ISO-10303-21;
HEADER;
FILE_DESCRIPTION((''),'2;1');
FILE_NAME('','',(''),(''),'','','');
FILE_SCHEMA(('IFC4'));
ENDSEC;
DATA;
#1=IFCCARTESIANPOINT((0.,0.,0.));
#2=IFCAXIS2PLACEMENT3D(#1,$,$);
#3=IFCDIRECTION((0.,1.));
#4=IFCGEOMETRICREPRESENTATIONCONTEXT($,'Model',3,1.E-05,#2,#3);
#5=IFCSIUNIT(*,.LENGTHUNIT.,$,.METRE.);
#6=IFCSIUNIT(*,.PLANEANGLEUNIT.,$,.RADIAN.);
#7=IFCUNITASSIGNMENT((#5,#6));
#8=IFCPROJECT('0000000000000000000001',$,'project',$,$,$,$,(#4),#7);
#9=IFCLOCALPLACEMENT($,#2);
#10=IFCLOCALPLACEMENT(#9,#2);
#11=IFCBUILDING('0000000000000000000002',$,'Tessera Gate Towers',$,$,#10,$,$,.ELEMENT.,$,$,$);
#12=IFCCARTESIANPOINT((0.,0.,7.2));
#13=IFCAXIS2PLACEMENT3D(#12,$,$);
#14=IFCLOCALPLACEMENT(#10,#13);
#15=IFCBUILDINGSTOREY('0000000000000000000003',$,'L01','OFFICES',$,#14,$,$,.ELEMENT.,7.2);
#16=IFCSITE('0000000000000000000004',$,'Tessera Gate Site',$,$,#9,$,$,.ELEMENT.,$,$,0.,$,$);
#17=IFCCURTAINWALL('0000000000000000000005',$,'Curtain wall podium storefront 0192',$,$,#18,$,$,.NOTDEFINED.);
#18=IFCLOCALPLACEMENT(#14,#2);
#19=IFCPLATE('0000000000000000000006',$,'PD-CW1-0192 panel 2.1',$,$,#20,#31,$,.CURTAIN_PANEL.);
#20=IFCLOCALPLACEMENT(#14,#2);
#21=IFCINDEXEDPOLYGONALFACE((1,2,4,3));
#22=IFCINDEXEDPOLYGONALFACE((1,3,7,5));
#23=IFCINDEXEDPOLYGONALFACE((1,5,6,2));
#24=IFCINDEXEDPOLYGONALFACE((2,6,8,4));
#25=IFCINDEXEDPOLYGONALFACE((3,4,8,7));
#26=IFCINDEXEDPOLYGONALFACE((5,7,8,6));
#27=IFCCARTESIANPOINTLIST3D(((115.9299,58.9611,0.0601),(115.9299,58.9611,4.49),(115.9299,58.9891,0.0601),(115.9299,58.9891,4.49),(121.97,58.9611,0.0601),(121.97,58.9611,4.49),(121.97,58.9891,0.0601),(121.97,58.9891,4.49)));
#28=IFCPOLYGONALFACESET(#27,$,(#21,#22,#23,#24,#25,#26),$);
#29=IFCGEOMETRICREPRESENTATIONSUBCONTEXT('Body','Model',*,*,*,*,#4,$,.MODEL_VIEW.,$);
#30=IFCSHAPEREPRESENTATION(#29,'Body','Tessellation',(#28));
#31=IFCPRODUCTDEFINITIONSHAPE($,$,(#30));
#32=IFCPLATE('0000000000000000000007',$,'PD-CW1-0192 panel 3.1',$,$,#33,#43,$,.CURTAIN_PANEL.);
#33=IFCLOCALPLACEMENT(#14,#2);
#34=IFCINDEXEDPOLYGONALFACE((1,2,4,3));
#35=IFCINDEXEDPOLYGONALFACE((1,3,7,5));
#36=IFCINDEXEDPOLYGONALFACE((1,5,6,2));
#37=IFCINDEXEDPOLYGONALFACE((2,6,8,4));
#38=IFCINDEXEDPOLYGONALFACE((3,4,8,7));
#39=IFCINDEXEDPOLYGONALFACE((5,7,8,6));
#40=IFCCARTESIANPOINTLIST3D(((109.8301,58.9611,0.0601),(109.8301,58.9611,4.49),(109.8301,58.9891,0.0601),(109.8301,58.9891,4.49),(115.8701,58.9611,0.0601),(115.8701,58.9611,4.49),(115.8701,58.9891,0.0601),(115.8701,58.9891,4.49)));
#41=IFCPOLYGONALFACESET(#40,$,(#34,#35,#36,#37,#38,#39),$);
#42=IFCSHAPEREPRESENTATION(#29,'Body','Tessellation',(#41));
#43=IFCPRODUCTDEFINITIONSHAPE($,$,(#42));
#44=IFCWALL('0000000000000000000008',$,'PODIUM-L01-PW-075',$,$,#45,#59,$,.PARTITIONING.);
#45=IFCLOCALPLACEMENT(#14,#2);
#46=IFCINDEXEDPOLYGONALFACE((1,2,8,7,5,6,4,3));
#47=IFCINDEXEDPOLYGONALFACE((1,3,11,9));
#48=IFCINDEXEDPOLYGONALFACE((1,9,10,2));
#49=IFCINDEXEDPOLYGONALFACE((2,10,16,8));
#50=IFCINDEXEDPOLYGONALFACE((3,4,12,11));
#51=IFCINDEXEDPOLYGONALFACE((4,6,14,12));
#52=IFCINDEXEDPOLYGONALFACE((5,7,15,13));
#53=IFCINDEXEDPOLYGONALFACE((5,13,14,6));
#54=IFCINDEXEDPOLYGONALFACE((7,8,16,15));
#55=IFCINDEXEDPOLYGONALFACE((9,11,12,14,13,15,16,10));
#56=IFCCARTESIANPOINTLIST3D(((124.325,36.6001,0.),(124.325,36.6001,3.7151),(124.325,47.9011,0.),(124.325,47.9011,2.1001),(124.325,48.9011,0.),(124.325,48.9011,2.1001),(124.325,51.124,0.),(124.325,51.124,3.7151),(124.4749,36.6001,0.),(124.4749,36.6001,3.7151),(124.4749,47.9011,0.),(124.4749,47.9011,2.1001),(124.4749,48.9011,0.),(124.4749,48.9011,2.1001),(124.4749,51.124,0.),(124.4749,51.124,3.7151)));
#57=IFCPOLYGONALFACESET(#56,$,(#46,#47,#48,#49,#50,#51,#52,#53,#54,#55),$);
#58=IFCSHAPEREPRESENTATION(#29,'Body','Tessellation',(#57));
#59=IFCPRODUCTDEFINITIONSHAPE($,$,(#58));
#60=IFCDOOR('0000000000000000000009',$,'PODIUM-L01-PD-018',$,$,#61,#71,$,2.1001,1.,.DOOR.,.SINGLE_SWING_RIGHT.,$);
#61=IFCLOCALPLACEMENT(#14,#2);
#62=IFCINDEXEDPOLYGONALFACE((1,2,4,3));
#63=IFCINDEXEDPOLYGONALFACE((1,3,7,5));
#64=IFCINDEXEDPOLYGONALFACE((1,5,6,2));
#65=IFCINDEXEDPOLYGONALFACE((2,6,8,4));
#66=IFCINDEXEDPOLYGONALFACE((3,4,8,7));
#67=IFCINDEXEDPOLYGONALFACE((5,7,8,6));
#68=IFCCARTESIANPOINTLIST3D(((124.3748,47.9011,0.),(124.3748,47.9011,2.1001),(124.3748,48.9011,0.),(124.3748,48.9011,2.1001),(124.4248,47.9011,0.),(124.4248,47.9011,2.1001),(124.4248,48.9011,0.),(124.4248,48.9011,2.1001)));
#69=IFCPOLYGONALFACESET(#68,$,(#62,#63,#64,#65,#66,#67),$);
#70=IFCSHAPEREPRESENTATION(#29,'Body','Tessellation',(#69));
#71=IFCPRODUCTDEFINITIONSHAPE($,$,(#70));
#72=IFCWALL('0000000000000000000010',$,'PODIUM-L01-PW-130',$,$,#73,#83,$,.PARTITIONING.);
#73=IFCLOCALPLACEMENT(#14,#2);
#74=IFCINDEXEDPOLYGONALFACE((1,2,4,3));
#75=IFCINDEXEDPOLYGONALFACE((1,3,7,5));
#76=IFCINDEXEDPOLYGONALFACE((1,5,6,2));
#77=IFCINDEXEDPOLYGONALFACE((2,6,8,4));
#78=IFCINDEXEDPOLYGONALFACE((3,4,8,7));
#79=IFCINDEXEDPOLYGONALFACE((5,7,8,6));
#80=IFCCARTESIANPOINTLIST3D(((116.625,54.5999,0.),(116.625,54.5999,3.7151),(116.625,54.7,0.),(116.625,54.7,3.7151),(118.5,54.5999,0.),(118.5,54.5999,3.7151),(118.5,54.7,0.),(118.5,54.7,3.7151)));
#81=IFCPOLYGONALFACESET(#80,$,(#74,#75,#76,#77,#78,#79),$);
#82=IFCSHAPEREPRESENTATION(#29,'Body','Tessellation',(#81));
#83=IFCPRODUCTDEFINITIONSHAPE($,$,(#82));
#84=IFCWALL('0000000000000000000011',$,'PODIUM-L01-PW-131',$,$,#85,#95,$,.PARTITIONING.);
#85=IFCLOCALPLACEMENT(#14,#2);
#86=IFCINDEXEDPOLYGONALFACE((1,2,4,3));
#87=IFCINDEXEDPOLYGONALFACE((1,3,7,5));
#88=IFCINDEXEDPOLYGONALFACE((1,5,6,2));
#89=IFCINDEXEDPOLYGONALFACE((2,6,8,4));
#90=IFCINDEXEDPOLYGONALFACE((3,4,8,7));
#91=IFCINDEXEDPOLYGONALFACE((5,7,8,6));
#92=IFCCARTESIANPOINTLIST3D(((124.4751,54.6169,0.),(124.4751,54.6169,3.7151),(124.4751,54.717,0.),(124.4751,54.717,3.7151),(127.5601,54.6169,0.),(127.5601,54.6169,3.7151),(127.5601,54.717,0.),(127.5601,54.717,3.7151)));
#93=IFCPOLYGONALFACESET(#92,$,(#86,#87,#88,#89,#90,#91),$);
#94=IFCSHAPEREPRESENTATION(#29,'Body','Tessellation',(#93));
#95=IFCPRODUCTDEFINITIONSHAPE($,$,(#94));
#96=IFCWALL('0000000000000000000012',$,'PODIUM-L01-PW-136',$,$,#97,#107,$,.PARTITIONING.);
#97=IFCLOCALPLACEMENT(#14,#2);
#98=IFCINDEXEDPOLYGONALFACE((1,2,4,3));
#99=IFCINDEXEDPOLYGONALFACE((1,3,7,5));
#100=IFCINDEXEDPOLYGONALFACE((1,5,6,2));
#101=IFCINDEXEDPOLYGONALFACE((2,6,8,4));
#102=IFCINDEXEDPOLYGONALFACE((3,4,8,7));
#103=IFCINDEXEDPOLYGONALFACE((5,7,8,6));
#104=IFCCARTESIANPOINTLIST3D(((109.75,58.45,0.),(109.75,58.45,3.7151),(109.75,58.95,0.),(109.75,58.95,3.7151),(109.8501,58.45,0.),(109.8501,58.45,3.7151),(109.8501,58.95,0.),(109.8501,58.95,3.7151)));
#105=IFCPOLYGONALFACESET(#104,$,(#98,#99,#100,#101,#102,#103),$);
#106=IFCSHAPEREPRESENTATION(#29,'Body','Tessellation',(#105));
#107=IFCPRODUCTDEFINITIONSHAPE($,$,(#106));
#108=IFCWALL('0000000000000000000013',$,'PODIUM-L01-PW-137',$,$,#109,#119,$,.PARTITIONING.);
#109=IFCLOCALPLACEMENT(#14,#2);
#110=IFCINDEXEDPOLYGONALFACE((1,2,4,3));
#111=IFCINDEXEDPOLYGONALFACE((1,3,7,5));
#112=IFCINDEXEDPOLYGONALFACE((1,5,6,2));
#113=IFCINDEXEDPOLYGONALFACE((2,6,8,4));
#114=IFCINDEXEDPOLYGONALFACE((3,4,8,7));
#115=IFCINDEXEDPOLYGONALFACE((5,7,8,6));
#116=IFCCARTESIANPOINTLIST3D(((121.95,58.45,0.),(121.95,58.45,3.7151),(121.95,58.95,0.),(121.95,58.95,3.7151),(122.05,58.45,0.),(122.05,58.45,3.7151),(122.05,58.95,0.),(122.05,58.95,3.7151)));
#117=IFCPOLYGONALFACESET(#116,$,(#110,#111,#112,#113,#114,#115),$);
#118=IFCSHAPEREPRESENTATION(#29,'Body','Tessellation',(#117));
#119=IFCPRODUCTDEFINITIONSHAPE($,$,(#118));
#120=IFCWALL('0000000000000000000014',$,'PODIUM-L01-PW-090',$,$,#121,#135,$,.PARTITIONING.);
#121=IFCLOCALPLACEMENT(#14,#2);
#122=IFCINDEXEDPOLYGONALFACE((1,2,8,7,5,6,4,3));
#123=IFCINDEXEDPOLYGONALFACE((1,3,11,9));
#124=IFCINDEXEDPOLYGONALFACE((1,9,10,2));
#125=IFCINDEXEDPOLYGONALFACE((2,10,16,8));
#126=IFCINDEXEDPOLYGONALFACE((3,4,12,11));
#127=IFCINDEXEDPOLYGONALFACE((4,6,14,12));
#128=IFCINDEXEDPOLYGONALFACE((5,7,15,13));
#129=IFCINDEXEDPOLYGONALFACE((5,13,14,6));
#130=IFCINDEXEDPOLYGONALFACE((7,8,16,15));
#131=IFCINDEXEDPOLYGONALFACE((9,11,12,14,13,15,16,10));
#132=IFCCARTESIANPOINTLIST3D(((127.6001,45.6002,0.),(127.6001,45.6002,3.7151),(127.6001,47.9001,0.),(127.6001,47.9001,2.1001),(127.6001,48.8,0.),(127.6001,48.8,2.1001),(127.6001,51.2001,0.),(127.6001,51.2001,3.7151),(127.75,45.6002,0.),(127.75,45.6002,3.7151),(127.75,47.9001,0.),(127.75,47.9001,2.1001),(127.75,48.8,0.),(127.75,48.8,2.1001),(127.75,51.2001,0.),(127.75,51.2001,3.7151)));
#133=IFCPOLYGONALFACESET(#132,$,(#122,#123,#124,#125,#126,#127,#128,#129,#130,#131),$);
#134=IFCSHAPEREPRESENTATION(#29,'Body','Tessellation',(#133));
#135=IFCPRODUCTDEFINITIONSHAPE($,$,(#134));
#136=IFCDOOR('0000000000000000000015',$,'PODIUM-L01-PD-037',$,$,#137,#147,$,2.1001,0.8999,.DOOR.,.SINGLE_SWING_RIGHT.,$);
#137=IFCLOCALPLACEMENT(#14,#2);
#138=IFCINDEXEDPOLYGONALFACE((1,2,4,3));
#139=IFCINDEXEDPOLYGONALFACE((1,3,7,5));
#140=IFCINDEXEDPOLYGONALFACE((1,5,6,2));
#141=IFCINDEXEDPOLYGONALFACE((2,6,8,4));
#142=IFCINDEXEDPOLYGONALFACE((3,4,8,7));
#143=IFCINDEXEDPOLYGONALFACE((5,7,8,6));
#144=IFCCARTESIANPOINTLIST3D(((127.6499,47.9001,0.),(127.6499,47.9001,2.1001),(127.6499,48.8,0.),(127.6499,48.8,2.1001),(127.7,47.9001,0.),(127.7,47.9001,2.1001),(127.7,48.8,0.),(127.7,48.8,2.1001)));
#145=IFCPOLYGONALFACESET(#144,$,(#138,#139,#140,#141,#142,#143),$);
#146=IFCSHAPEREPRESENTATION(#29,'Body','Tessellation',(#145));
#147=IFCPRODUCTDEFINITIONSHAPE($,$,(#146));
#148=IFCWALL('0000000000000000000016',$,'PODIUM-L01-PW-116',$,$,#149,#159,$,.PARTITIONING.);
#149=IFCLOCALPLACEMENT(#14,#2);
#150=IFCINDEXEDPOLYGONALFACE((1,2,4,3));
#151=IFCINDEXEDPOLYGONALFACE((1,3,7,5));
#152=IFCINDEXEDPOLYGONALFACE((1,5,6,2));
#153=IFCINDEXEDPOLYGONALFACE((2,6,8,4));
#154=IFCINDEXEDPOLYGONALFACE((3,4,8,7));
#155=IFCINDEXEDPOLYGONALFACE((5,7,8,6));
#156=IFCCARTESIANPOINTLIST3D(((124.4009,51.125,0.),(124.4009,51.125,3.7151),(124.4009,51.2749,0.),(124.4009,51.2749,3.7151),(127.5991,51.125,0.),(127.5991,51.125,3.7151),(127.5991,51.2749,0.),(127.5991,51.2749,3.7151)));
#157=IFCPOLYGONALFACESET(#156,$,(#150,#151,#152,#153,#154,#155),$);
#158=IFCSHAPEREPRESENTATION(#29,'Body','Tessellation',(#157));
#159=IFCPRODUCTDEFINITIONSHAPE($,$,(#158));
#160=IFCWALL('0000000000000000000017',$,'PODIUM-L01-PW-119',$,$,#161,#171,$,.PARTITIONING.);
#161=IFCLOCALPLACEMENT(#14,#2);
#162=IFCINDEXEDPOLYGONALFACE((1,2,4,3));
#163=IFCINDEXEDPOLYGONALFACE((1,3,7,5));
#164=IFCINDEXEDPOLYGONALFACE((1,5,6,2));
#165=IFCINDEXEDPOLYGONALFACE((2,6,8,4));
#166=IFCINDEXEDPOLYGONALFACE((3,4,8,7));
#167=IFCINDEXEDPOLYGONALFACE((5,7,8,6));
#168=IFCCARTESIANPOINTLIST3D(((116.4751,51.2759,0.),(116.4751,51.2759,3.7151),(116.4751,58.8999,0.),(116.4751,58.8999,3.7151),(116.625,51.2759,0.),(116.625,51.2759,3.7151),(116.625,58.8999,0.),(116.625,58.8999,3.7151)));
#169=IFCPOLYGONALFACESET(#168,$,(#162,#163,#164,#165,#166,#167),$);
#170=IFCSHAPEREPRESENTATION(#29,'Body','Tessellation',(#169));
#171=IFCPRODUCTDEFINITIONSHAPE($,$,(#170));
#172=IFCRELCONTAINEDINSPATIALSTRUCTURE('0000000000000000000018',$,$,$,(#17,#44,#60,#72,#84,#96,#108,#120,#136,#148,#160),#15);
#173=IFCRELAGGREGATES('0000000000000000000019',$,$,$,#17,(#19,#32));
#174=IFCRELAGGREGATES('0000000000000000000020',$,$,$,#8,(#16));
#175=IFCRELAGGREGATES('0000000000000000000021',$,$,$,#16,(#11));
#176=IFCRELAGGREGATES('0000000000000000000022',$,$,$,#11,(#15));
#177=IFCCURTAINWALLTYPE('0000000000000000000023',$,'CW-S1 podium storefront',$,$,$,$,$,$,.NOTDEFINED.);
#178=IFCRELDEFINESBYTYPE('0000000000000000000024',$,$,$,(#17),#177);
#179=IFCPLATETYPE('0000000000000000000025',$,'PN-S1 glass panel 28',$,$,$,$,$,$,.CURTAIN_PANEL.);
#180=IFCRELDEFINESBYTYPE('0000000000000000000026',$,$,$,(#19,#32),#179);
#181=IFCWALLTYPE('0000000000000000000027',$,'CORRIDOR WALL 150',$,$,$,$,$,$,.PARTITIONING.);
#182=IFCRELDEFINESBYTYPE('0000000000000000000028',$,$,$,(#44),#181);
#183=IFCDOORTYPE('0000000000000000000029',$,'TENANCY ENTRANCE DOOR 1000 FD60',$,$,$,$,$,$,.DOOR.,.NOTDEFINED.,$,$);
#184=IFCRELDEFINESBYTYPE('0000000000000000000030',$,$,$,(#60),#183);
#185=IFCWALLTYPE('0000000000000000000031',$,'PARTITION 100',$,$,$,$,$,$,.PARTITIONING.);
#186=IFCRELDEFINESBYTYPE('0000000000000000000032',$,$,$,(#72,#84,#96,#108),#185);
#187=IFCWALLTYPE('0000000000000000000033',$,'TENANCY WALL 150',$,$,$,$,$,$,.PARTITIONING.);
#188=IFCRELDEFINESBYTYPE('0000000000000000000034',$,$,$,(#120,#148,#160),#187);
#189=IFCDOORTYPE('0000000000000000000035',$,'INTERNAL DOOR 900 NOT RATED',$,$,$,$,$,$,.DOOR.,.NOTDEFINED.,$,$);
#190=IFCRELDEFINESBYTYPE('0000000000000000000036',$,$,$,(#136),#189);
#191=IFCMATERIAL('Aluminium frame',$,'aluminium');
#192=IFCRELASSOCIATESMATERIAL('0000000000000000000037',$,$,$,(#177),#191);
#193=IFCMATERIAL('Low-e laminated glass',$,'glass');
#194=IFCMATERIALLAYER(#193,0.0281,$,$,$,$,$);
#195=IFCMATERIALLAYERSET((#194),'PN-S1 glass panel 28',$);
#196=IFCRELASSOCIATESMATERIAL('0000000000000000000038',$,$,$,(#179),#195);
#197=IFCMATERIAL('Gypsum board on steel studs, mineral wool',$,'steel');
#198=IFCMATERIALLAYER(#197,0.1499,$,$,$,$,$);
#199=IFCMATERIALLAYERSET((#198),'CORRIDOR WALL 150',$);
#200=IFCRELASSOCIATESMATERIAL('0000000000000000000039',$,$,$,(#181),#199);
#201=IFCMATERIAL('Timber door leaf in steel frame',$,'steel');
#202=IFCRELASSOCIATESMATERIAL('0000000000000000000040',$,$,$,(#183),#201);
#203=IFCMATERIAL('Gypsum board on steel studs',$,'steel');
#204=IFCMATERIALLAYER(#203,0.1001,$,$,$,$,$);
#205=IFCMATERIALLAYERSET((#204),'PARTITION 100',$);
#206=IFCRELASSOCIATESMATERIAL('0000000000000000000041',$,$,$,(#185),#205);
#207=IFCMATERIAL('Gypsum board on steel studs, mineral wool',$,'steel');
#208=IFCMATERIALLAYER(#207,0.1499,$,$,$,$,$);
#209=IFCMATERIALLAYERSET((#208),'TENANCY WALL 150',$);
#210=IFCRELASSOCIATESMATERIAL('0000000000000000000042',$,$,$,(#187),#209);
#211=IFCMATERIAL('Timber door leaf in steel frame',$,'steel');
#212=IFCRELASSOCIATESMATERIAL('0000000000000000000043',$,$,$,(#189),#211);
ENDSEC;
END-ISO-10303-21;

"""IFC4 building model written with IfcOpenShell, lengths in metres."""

from ifc_helpers import new_model, si_unit, direction, frame, frame_2d, origin, origin_2d, place, context, subcontext, project, spatial, rectangle, extrude, source, transform, mapped, material, layer, layer_set, type_object, element, fill, aggregate, save


model = new_model("IFC4")

# Units and contexts
model_context = context("Model", 3, precision=1e-05, world=origin(), true_north=direction((0.0, 1.0)))
body_context = subcontext(model_context, "Body", "Model", "MODEL_VIEW")
ifc_project = project(units=[si_unit("LENGTHUNIT", "METRE"), si_unit("PLANEANGLEUNIT", "RADIAN")], contexts=[model_context])

# Site, building, storey
site_placement = place(None, origin())
site = spatial("IfcSite", under=ifc_project, at=site_placement, Name="Tessera Gate Site", CompositionType="ELEMENT", RefElevation=0.0)
building_placement = place(site_placement, origin())
building = spatial("IfcBuilding", under=site, at=building_placement, Name="Tessera Gate Towers", CompositionType="ELEMENT")
storey_placement = place(building_placement, frame((0.0, 0.0, 7.2)))
storey = spatial("IfcBuildingStorey", under=building, at=storey_placement, Name="L01", Description="OFFICES", CompositionType="ELEMENT", Elevation=7.2)

# Curtain wall, plates
ifc_material_1 = material(Name="Aluminium frame", Category="aluminium")
curtain_wall_type = type_object("IfcCurtainWallType", Name="CW-S1 podium storefront", PredefinedType="NOTDEFINED", material=ifc_material_1)
curtain_wall_placement = place(storey_placement, origin())
curtain_wall = element("IfcCurtainWall", 1, at=curtain_wall_placement, inside=storey, type_object=curtain_wall_type, Name="Curtain wall podium storefront 0192", PredefinedType="NOTDEFINED")
ifc_material_2 = material(Name="Low-e laminated glass", Category="glass")
ifc_layer_1 = layer(ifc_material_2, 0.0281)
ifc_layer_set_1 = layer_set([ifc_layer_1], Name="PN-S1 glass panel 28")
plate_type = type_object("IfcPlateType", Name="PN-S1 glass panel 28", PredefinedType="CURTAIN_PANEL", material=ifc_layer_set_1)
plate_1_placement = place(storey_placement, frame((118.95, 58.9751, 0.0601), z_axis=(0.0, 0.0, 1.0), x_axis=(-1.0, 0.0, 0.0)))
plate_1 = element("IfcPlate", 2, at=plate_1_placement, type_object=plate_type, Name="PD-CW1-0192 panel 2.1", PredefinedType="CURTAIN_PANEL", context=body_context, shape_type="SweptSolid", body=[
    extrude(rectangle(XDim=6.04, YDim=0.0281, at=origin_2d()), origin(), (0.0, 0.0, 1.0), 4.4299),
])
plate_2_placement = place(storey_placement, frame((112.8501, 58.9751, 0.0601), z_axis=(0.0, 0.0, 1.0), x_axis=(-1.0, 0.0, 0.0)))
plate_2 = element("IfcPlate", 3, at=plate_2_placement, type_object=plate_type, Name="PD-CW1-0192 panel 3.1", PredefinedType="CURTAIN_PANEL", context=body_context, shape_type="SweptSolid", body=[
    extrude(rectangle(XDim=6.04, YDim=0.0281, at=origin_2d()), origin(), (0.0, 0.0, 1.0), 4.4299),
])
aggregate(curtain_wall, [plate_1, plate_2])

# Wall, opening, door
ifc_material_3 = material(Name="Gypsum board on steel studs, mineral wool", Category="steel")
ifc_layer_2 = layer(ifc_material_3, 0.1499)
ifc_layer_set_2 = layer_set([ifc_layer_2], Name="CORRIDOR WALL 150")
wall_type_1 = type_object("IfcWallType", Name="CORRIDOR WALL 150", PredefinedType="PARTITIONING", material=ifc_layer_set_2)
wall_1_placement = place(storey_placement, frame((124.3999, 51.124, 0.0), z_axis=(0.0, 0.0, 1.0), x_axis=(0.0, -1.0, 0.0)))
wall_1 = element("IfcWall", 4, at=wall_1_placement, inside=storey, type_object=wall_type_1, Name="PODIUM-L01-PW-075", PredefinedType="PARTITIONING", context=body_context, shape_type="SweptSolid", body=[
    extrude(rectangle(XDim=14.5239, YDim=0.1499, at=frame_2d((7.262, 0.0))), origin(), (0.0, 0.0, 1.0), 3.7151),
])
shared_shape_1 = source(origin(), body_context, "Body", "SweptSolid", [
    extrude(rectangle(XDim=1.0, YDim=2.1001, at=frame_2d((0.5, 1.05))), frame((0.0, 0.085, 0.0), z_axis=(0.0, -1.0, 0.0), x_axis=(1.0, 0.0, 0.0)), (0.0, 0.0, 1.0), 0.1699),
])
opening_1_placement = place(wall_1_placement, frame((2.2229, 0.0, 0.0)))
opening_1 = element("IfcOpeningElement", 5, at=opening_1_placement, cuts=wall_1, PredefinedType="OPENING", context=body_context, shape_type="MappedRepresentation", body=[
    mapped(shared_shape_1, transform((0.0, 0.0, 0.0), scale=1.0)),
])
ifc_material_4 = material(Name="Timber door leaf in steel frame", Category="steel")
door_type_1 = type_object("IfcDoorType", Name="TENANCY ENTRANCE DOOR 1000 FD60", OperationType="NOTDEFINED", PredefinedType="DOOR", material=ifc_material_4)
shared_shape_2 = source(origin(), body_context, "Body", "SweptSolid", [
    extrude(rectangle(XDim=1.0, YDim=2.1001, at=frame_2d((0.5, 1.05))), frame((0.0, 0.0249, 0.0), z_axis=(0.0, -1.0, 0.0), x_axis=(1.0, 0.0, 0.0)), (0.0, 0.0, 1.0), 0.05),
])
door_1_placement = place(opening_1_placement, origin())
door_1 = element("IfcDoor", 6, at=door_1_placement, inside=storey, type_object=door_type_1, Name="PODIUM-L01-PD-018", OperationType="SINGLE_SWING_RIGHT", OverallHeight=2.1001, OverallWidth=1.0, PredefinedType="DOOR", context=body_context, shape_type="MappedRepresentation", body=[
    mapped(shared_shape_2, transform((0.0, 0.0, 0.0), scale=1.0)),
])
fill(opening_1, door_1)

# Walls
ifc_material_5 = material(Name="Gypsum board on steel studs", Category="steel")
ifc_layer_3 = layer(ifc_material_5, 0.1001)
ifc_layer_set_3 = layer_set([ifc_layer_3], Name="PARTITION 100")
wall_type_2 = type_object("IfcWallType", Name="PARTITION 100", PredefinedType="PARTITIONING", material=ifc_layer_set_3)
wall_2_placement = place(storey_placement, frame((118.5, 54.6499, 0.0), z_axis=(0.0, 0.0, 1.0), x_axis=(-1.0, 0.0, 0.0)))
element("IfcWall", 7, at=wall_2_placement, inside=storey, type_object=wall_type_2, Name="PODIUM-L01-PW-130", PredefinedType="PARTITIONING", context=body_context, shape_type="SweptSolid", body=[
    extrude(rectangle(XDim=1.875, YDim=0.1001, at=frame_2d((0.9375, 0.0))), origin(), (0.0, 0.0, 1.0), 3.7151),
])
wall_3_placement = place(storey_placement, frame((127.5601, 54.667, 0.0), z_axis=(0.0, 0.0, 1.0), x_axis=(-1.0, 0.0, 0.0)))
element("IfcWall", 8, at=wall_3_placement, inside=storey, type_object=wall_type_2, Name="PODIUM-L01-PW-131", PredefinedType="PARTITIONING", context=body_context, shape_type="SweptSolid", body=[
    extrude(rectangle(XDim=3.085, YDim=0.1001, at=frame_2d((1.5425, 0.0))), origin(), (0.0, 0.0, 1.0), 3.7151),
])
for number, where, z_axis, x_axis, name in (
    (9, (109.8, 58.45, 0.0), (0.0, 0.0, 1.0), (0.0, 1.0, 0.0), "PODIUM-L01-PW-136"),
    (10, (122.0, 58.45, 0.0), (0.0, 0.0, 1.0), (0.0, 1.0, 0.0), "PODIUM-L01-PW-137"),
):
    element("IfcWall", number, at=place(storey_placement, frame(where, z_axis=z_axis, x_axis=x_axis)), inside=storey, type_object=wall_type_2, Name=name, PredefinedType="PARTITIONING", context=body_context, shape_type="SweptSolid", body=[
        extrude(rectangle(XDim=0.5, YDim=0.1001, at=frame_2d((0.25, 0.0))), origin(), (0.0, 0.0, 1.0), 3.7151),
    ])

# Wall, opening, door
ifc_material_6 = material(Name="Gypsum board on steel studs, mineral wool", Category="steel")
ifc_layer_4 = layer(ifc_material_6, 0.1499)
ifc_layer_set_4 = layer_set([ifc_layer_4], Name="TENANCY WALL 150")
wall_type_3 = type_object("IfcWallType", Name="TENANCY WALL 150", PredefinedType="PARTITIONING", material=ifc_layer_set_4)
wall_4_placement = place(storey_placement, frame((127.675, 51.2, 0.0), z_axis=(0.0, 0.0, 1.0), x_axis=(0.0, -1.0, 0.0)))
wall_4 = element("IfcWall", 11, at=wall_4_placement, inside=storey, type_object=wall_type_3, Name="PODIUM-L01-PW-090", PredefinedType="PARTITIONING", context=body_context, shape_type="SweptSolid", body=[
    extrude(rectangle(XDim=5.5999, YDim=0.1499, at=frame_2d((2.7998, 0.0))), origin(), (0.0, 0.0, 1.0), 3.7151),
])
shared_shape_3 = source(origin(), body_context, "Body", "SweptSolid", [
    extrude(rectangle(XDim=0.8999, YDim=2.1001, at=frame_2d((0.45, 1.05))), frame((0.0, 0.085, 0.0), z_axis=(0.0, -1.0, 0.0), x_axis=(1.0, 0.0, 0.0)), (0.0, 0.0, 1.0), 0.1699),
])
opening_2_placement = place(wall_4_placement, frame((2.3999, 0.0, 0.0)))
opening_2 = element("IfcOpeningElement", 12, at=opening_2_placement, cuts=wall_4, PredefinedType="OPENING", context=body_context, shape_type="MappedRepresentation", body=[
    mapped(shared_shape_3, transform((0.0, 0.0, 0.0), scale=1.0)),
])
ifc_material_7 = material(Name="Timber door leaf in steel frame", Category="steel")
door_type_2 = type_object("IfcDoorType", Name="INTERNAL DOOR 900 NOT RATED", OperationType="NOTDEFINED", PredefinedType="DOOR", material=ifc_material_7)
shared_shape_4 = source(origin(), body_context, "Body", "SweptSolid", [
    extrude(rectangle(XDim=0.8999, YDim=2.1001, at=frame_2d((0.45, 1.05))), frame((0.0, 0.0249, 0.0), z_axis=(0.0, -1.0, 0.0), x_axis=(1.0, 0.0, 0.0)), (0.0, 0.0, 1.0), 0.05),
])
door_2_placement = place(opening_2_placement, origin())
door_2 = element("IfcDoor", 13, at=door_2_placement, inside=storey, type_object=door_type_2, Name="PODIUM-L01-PD-037", OperationType="SINGLE_SWING_RIGHT", OverallHeight=2.1001, OverallWidth=0.8999, PredefinedType="DOOR", context=body_context, shape_type="MappedRepresentation", body=[
    mapped(shared_shape_4, transform((0.0, 0.0, 0.0), scale=1.0)),
])
fill(opening_2, door_2)

# Walls
wall_5_placement = place(storey_placement, frame((124.4009, 51.2, 0.0), z_axis=(0.0, 0.0, 1.0), x_axis=(1.0, 0.0, 0.0)))
element("IfcWall", 14, at=wall_5_placement, inside=storey, type_object=wall_type_3, Name="PODIUM-L01-PW-116", PredefinedType="PARTITIONING", context=body_context, shape_type="SweptSolid", body=[
    extrude(rectangle(XDim=3.1982, YDim=0.1499, at=frame_2d((1.5991, 0.0))), origin(), (0.0, 0.0, 1.0), 3.7151),
])
for number, where, z_axis, x_axis, name in (
    (15, (116.55, 51.2759, 0.0), (0.0, 0.0, 1.0), (0.0, 1.0, 0.0), "PODIUM-L01-PW-119"),
):
    element("IfcWall", number, at=place(storey_placement, frame(where, z_axis=z_axis, x_axis=x_axis)), inside=storey, type_object=wall_type_3, Name=name, PredefinedType="PARTITIONING", context=body_context, shape_type="SweptSolid", body=[
        extrude(rectangle(XDim=7.624, YDim=0.1499, at=frame_2d((3.812, 0.0))), origin(), (0.0, 0.0, 1.0), 3.7151),
    ])

save(model, "model.ifc")
